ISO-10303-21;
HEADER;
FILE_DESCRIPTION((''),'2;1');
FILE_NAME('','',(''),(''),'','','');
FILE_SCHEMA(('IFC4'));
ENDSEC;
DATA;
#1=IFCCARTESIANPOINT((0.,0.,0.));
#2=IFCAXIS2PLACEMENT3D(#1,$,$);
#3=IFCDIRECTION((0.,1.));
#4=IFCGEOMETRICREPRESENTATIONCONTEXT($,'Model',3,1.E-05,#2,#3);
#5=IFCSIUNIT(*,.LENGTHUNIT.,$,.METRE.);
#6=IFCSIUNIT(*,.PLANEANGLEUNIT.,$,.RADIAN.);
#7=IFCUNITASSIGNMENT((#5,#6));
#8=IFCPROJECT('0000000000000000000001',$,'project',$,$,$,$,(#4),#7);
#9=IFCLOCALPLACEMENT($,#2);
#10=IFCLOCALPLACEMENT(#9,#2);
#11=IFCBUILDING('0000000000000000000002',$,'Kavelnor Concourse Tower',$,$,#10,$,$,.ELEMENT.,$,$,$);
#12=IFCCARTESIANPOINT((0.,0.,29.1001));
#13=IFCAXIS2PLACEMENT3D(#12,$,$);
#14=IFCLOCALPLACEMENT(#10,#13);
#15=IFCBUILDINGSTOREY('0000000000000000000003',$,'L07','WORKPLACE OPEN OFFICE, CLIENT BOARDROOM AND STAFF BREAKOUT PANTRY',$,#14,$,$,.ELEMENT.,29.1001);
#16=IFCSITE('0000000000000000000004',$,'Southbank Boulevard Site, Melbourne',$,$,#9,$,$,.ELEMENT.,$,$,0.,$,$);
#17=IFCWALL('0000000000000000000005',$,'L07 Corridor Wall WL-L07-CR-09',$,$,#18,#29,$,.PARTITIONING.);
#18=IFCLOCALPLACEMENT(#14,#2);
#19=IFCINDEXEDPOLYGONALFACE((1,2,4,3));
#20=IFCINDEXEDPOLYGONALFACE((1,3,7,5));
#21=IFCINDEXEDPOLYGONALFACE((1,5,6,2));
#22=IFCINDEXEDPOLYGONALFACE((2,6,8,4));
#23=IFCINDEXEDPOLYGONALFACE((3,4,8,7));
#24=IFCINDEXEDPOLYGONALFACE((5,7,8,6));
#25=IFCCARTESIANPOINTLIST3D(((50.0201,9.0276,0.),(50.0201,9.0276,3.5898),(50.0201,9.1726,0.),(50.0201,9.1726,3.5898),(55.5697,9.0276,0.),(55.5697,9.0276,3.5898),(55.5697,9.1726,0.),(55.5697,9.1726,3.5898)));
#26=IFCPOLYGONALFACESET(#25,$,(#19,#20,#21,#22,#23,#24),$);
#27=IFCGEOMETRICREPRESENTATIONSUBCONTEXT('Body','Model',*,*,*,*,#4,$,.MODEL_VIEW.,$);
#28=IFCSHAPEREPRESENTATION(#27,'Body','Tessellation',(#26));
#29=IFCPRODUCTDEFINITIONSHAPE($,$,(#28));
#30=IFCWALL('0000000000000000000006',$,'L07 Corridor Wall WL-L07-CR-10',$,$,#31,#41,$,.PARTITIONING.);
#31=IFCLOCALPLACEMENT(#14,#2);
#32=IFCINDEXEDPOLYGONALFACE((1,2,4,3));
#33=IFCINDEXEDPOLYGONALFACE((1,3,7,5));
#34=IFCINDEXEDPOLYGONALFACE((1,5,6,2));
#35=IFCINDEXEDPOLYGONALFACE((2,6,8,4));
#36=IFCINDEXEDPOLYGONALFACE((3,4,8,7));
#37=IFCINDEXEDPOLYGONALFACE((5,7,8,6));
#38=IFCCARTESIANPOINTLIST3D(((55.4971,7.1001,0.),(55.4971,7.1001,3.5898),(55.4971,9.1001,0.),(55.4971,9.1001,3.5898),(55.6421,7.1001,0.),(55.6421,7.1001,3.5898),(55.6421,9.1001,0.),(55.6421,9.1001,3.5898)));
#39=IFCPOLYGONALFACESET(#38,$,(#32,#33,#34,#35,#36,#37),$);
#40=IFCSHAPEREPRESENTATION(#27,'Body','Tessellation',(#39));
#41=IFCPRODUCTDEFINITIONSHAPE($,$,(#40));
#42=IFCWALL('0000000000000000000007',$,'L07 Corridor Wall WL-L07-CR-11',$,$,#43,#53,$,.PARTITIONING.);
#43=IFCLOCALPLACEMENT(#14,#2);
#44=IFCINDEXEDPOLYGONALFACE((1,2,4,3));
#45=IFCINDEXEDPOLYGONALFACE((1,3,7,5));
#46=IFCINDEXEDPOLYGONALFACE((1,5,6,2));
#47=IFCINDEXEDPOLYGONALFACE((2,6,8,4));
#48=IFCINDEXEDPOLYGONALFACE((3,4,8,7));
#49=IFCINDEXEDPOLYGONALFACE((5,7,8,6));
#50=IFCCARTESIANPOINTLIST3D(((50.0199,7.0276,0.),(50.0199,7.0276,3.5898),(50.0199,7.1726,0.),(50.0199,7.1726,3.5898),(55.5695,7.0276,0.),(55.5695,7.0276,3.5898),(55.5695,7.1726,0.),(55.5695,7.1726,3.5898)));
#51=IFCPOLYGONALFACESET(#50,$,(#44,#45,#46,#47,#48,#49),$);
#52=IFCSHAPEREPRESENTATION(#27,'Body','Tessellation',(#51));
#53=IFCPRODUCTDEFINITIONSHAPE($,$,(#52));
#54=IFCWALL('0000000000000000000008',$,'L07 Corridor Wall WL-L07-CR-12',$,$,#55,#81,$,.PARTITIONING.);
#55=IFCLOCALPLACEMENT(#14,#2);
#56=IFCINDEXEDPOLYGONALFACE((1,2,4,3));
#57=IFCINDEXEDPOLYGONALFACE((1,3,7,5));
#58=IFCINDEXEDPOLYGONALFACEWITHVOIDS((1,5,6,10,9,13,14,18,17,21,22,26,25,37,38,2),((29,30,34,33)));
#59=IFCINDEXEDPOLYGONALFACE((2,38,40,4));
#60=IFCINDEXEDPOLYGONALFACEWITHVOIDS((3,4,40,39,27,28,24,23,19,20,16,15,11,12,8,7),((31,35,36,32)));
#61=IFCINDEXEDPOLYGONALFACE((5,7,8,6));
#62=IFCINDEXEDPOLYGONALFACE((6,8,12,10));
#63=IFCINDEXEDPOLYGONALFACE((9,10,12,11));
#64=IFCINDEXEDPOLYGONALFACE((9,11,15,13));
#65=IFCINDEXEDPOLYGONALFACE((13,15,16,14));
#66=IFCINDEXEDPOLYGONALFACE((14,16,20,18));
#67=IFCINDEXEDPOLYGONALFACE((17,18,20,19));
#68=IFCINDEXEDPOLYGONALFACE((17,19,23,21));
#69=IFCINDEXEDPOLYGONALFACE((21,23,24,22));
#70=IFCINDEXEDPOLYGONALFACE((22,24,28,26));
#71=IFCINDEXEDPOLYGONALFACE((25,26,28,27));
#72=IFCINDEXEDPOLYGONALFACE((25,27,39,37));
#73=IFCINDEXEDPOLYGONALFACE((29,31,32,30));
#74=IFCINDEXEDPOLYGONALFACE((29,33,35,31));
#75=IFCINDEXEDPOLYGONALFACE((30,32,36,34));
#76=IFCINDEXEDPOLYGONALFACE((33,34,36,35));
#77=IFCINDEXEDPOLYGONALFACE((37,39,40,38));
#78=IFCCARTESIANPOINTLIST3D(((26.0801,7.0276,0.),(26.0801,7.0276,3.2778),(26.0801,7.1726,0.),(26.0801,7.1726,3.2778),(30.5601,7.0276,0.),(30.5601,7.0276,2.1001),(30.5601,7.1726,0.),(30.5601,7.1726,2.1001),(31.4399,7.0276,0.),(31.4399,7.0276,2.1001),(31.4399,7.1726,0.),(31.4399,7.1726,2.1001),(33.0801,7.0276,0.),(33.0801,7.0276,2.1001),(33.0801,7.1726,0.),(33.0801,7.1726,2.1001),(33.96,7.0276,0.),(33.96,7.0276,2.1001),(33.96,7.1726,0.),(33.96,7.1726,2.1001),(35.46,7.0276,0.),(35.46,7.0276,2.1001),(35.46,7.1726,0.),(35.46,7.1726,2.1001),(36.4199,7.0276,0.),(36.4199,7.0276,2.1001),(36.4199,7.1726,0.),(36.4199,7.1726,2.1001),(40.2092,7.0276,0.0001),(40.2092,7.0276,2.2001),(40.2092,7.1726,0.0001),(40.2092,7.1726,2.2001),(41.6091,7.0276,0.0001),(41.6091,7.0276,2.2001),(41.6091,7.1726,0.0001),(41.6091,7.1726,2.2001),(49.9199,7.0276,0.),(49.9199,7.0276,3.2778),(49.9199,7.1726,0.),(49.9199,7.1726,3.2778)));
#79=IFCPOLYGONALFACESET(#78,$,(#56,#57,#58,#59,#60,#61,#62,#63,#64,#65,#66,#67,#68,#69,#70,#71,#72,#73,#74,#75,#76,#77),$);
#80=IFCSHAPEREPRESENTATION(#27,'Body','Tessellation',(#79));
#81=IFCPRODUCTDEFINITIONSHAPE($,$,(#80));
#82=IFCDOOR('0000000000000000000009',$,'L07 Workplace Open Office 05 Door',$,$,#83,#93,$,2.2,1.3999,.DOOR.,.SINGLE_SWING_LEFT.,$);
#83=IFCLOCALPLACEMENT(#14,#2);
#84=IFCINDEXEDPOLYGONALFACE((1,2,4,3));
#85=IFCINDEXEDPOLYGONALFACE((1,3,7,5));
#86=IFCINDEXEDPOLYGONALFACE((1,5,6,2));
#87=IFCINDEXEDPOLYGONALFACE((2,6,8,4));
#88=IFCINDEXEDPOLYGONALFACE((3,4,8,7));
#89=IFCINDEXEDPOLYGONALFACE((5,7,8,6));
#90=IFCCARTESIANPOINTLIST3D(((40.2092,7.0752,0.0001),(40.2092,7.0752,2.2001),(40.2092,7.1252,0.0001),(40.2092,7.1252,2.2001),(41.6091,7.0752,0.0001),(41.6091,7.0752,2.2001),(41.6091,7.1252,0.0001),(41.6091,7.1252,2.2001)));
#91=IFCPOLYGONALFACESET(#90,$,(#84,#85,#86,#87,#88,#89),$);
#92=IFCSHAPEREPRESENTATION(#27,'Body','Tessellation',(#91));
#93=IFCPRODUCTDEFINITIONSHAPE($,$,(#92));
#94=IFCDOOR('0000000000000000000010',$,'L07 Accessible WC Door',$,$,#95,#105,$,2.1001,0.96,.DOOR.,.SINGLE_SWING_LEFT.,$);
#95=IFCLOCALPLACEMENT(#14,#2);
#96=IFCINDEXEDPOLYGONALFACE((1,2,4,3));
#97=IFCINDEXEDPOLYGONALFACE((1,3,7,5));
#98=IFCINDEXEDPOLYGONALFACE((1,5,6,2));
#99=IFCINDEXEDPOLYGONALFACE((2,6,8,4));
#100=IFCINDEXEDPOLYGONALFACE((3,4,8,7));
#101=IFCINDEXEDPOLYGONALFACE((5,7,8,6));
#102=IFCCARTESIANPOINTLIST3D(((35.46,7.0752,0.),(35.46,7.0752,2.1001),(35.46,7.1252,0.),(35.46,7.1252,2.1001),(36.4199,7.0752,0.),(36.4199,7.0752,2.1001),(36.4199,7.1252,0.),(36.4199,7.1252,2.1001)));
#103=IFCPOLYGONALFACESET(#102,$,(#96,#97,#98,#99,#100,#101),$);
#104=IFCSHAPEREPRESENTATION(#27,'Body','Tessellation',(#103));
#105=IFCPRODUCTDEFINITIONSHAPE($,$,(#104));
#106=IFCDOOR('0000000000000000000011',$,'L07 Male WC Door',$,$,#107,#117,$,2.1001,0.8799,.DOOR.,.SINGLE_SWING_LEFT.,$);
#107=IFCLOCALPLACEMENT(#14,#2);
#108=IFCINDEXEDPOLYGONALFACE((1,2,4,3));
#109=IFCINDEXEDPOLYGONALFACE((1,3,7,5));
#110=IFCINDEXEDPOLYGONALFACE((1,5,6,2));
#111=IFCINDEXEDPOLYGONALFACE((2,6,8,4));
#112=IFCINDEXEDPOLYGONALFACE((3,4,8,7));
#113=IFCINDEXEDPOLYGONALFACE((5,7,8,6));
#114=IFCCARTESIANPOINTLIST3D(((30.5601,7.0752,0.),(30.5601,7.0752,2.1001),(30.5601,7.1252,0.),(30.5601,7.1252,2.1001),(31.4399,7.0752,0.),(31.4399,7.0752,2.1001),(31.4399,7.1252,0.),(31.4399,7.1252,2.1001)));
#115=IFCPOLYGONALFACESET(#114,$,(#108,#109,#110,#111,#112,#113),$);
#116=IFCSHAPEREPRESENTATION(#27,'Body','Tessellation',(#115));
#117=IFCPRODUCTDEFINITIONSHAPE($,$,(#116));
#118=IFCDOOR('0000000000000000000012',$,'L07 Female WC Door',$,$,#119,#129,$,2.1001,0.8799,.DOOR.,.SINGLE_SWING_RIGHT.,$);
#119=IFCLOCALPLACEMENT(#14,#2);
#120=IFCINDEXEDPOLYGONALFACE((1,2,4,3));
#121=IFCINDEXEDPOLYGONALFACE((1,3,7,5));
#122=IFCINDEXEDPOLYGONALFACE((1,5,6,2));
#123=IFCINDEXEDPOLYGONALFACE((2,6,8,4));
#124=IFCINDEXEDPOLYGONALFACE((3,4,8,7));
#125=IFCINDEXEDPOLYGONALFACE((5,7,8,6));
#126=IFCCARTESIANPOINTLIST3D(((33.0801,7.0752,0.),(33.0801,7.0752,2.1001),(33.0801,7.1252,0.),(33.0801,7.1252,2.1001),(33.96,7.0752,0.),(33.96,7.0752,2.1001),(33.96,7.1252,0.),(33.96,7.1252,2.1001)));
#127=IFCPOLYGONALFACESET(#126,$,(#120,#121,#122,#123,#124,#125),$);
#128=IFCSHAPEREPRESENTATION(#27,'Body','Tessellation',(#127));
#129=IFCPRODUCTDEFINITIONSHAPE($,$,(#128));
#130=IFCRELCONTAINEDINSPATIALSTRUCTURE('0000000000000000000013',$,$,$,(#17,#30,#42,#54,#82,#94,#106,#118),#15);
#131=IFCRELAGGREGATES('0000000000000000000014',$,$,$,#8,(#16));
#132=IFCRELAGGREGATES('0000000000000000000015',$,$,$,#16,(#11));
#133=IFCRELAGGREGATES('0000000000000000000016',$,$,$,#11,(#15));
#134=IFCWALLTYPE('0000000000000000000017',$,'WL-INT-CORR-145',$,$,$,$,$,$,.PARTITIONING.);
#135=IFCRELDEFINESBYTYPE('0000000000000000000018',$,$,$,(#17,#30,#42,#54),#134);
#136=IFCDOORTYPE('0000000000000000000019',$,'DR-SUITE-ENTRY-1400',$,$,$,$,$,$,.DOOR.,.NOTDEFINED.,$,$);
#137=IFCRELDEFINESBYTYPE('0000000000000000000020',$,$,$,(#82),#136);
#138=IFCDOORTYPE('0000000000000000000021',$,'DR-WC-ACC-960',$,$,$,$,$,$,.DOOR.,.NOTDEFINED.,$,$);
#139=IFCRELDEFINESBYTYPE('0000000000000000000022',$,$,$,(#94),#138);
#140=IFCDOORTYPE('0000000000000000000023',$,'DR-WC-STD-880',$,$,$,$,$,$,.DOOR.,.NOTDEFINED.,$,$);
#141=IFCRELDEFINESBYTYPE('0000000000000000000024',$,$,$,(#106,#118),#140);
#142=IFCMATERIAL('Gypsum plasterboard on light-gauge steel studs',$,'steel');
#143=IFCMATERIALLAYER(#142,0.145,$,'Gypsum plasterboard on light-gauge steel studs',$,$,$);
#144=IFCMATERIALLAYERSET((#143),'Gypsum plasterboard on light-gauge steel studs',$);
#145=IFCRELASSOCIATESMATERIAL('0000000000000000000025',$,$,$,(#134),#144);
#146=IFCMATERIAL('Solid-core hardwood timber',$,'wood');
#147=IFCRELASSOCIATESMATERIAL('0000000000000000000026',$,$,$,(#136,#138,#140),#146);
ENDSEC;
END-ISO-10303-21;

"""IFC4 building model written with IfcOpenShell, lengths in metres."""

from ifc_helpers import new_model, si_unit, direction, frame, frame_2d, origin, place, context, subcontext, project, spatial, rectangle, extrude, material, layer, layer_set, type_object, element, fill, save


model = new_model("IFC4")

# Units and contexts
model_context = context("Model", 3, precision=1e-05, world=origin(), true_north=direction((0.0, 1.0)))
body_context = subcontext(model_context, "Body", "Model", "MODEL_VIEW")
ifc_project = project(units=[si_unit("LENGTHUNIT", "METRE"), si_unit("PLANEANGLEUNIT", "RADIAN")], contexts=[model_context])

# Site, building, storey
site_placement = place(None, origin())
site = spatial("IfcSite", under=ifc_project, at=site_placement, Name="Southbank Boulevard Site, Melbourne", CompositionType="ELEMENT", RefElevation=0.0)
building_placement = place(site_placement, origin())
building = spatial("IfcBuilding", under=site, at=building_placement, Name="Kavelnor Concourse Tower", CompositionType="ELEMENT")
storey_placement = place(building_placement, frame((0.0, 0.0, 29.1001)))
storey = spatial("IfcBuildingStorey", under=building, at=storey_placement, Name="L07", Description="WORKPLACE OPEN OFFICE, CLIENT BOARDROOM AND STAFF BREAKOUT PANTRY", CompositionType="ELEMENT", Elevation=29.1001)

# Walls
ifc_material_1 = material(Name="Gypsum plasterboard on light-gauge steel studs", Category="steel")
ifc_layer_1 = layer(ifc_material_1, 0.145, Name="Gypsum plasterboard on light-gauge steel studs")
ifc_layer_set_1 = layer_set([ifc_layer_1], Name="Gypsum plasterboard on light-gauge steel studs")
wall_type_1 = type_object("IfcWallType", Name="WL-INT-CORR-145", PredefinedType="PARTITIONING", material=ifc_layer_set_1)
wall_1_placement = place(storey_placement, frame((50.02, 9.1001, 0.0), z_axis=(0.0, 0.0, 1.0), x_axis=(1.0, 0.0, 0.0)))
element("IfcWall", 1, at=wall_1_placement, inside=storey, type_object=wall_type_1, Name="L07 Corridor Wall WL-L07-CR-09", PredefinedType="PARTITIONING", context=body_context, shape_type="SweptSolid", body=[
    extrude(rectangle(XDim=5.5496, YDim=0.145, at=frame_2d((2.7749, 0.0))), origin(), (0.0, 0.0, 1.0), 3.5898),
])
wall_2_placement = place(storey_placement, frame((55.5696, 9.1001, 0.0), z_axis=(0.0, 0.0, 1.0), x_axis=(0.0, -1.0, 0.0)))
element("IfcWall", 2, at=wall_2_placement, inside=storey, type_object=wall_type_1, Name="L07 Corridor Wall WL-L07-CR-10", PredefinedType="PARTITIONING", context=body_context, shape_type="SweptSolid", body=[
    extrude(rectangle(XDim=2.0, YDim=0.145, at=frame_2d((1.0, 0.0))), origin(), (0.0, 0.0, 1.0), 3.5898),
])
wall_3_placement = place(storey_placement, frame((55.5696, 7.1001, 0.0), z_axis=(0.0, 0.0, 1.0), x_axis=(-1.0, 0.0, 0.0)))
element("IfcWall", 3, at=wall_3_placement, inside=storey, type_object=wall_type_1, Name="L07 Corridor Wall WL-L07-CR-11", PredefinedType="PARTITIONING", context=body_context, shape_type="SweptSolid", body=[
    extrude(rectangle(XDim=5.5496, YDim=0.145, at=frame_2d((2.7749, 0.0))), origin(), (0.0, 0.0, 1.0), 3.5898),
])

# Wall, openings, doors
wall_4_placement = place(storey_placement, frame((49.9199, 7.1001, 0.0), z_axis=(0.0, 0.0, 1.0), x_axis=(-1.0, 0.0, 0.0)))
wall_4 = element("IfcWall", 4, at=wall_4_placement, inside=storey, type_object=wall_type_1, Name="L07 Corridor Wall WL-L07-CR-12", PredefinedType="PARTITIONING", context=body_context, shape_type="SweptSolid", body=[
    extrude(rectangle(XDim=23.8398, YDim=0.145, at=frame_2d((11.9199, 0.0))), origin(), (0.0, 0.0, 1.0), 3.2778),
])
opening_1_placement = place(wall_4_placement, frame((18.48, 0.0, 0.0)))
opening_1 = element("IfcOpeningElement", 5, at=opening_1_placement, cuts=wall_4, PredefinedType="OPENING", context=body_context, shape_type="SweptSolid", body=[
    extrude(rectangle(XDim=0.8799, YDim=2.1001, at=frame_2d((0.4399, 1.05))), frame((0.0, 0.0825, 0.0), z_axis=(0.0, -1.0, 0.0), x_axis=(1.0, 0.0, 0.0)), (0.0, 0.0, 1.0), 0.165),
])
opening_2_placement = place(wall_4_placement, frame((15.96, 0.0, 0.0)))
opening_2 = element("IfcOpeningElement", 6, at=opening_2_placement, cuts=wall_4, PredefinedType="OPENING", context=body_context, shape_type="SweptSolid", body=[
    extrude(rectangle(XDim=0.8799, YDim=2.1001, at=frame_2d((0.4399, 1.05))), frame((0.0, 0.0825, 0.0), z_axis=(0.0, -1.0, 0.0), x_axis=(1.0, 0.0, 0.0)), (0.0, 0.0, 1.0), 0.165),
])
opening_3_placement = place(wall_4_placement, frame((13.5, 0.0, 0.0)))
opening_3 = element("IfcOpeningElement", 7, at=opening_3_placement, cuts=wall_4, PredefinedType="OPENING", context=body_context, shape_type="SweptSolid", body=[
    extrude(rectangle(XDim=0.96, YDim=2.1001, at=frame_2d((0.48, 1.05))), frame((0.0, 0.0825, 0.0), z_axis=(0.0, -1.0, 0.0), x_axis=(1.0, 0.0, 0.0)), (0.0, 0.0, 1.0), 0.165),
])
opening_4_placement = place(wall_4_placement, frame((8.3108, 0.0, 0.0)))
opening_4 = element("IfcOpeningElement", 8, at=opening_4_placement, cuts=wall_4, PredefinedType="OPENING", context=body_context, shape_type="SweptSolid", body=[
    extrude(rectangle(XDim=1.3999, YDim=2.2, at=frame_2d((0.7, 1.1001))), frame((0.0, 0.0825, 0.0), z_axis=(0.0, -1.0, 0.0), x_axis=(1.0, 0.0, 0.0)), (0.0, 0.0, 1.0), 0.165),
])
ifc_material_2 = material(Name="Solid-core hardwood timber", Category="wood")
door_type_1 = type_object("IfcDoorType", Name="DR-SUITE-ENTRY-1400", OperationType="NOTDEFINED", PredefinedType="DOOR", material=ifc_material_2)
door_1_placement = place(opening_4_placement, origin())
door_1 = element("IfcDoor", 9, at=door_1_placement, inside=storey, type_object=door_type_1, Name="L07 Workplace Open Office 05 Door", OperationType="SINGLE_SWING_LEFT", OverallHeight=2.2, OverallWidth=1.3999, PredefinedType="DOOR", context=body_context, shape_type="SweptSolid", body=[
    extrude(rectangle(XDim=1.3999, YDim=2.2, at=frame_2d((0.7, 1.1001))), frame((0.0, 0.0249, 0.0), z_axis=(0.0, -1.0, 0.0), x_axis=(1.0, 0.0, 0.0)), (0.0, 0.0, 1.0), 0.05),
])
fill(opening_4, door_1)
door_type_2 = type_object("IfcDoorType", Name="DR-WC-ACC-960", OperationType="NOTDEFINED", PredefinedType="DOOR", material=ifc_material_2)
door_2_placement = place(opening_3_placement, origin())
door_2 = element("IfcDoor", 10, at=door_2_placement, inside=storey, type_object=door_type_2, Name="L07 Accessible WC Door", OperationType="SINGLE_SWING_LEFT", OverallHeight=2.1001, OverallWidth=0.96, PredefinedType="DOOR", context=body_context, shape_type="SweptSolid", body=[
    extrude(rectangle(XDim=0.96, YDim=2.1001, at=frame_2d((0.48, 1.05))), frame((0.0, 0.0249, 0.0), z_axis=(0.0, -1.0, 0.0), x_axis=(1.0, 0.0, 0.0)), (0.0, 0.0, 1.0), 0.05),
])
fill(opening_3, door_2)
door_type_3 = type_object("IfcDoorType", Name="DR-WC-STD-880", OperationType="NOTDEFINED", PredefinedType="DOOR", material=ifc_material_2)
door_3_placement = place(opening_1_placement, origin())
door_3 = element("IfcDoor", 11, at=door_3_placement, inside=storey, type_object=door_type_3, Name="L07 Male WC Door", OperationType="SINGLE_SWING_LEFT", OverallHeight=2.1001, OverallWidth=0.8799, PredefinedType="DOOR", context=body_context, shape_type="SweptSolid", body=[
    extrude(rectangle(XDim=0.8799, YDim=2.1001, at=frame_2d((0.4399, 1.05))), frame((0.0, 0.0249, 0.0), z_axis=(0.0, -1.0, 0.0), x_axis=(1.0, 0.0, 0.0)), (0.0, 0.0, 1.0), 0.05),
])
fill(opening_1, door_3)
door_4_placement = place(opening_2_placement, origin())
door_4 = element("IfcDoor", 12, at=door_4_placement, inside=storey, type_object=door_type_3, Name="L07 Female WC Door", OperationType="SINGLE_SWING_RIGHT", OverallHeight=2.1001, OverallWidth=0.8799, PredefinedType="DOOR", context=body_context, shape_type="SweptSolid", body=[
    extrude(rectangle(XDim=0.8799, YDim=2.1001, at=frame_2d((0.4399, 1.05))), frame((0.0, 0.0249, 0.0), z_axis=(0.0, -1.0, 0.0), x_axis=(1.0, 0.0, 0.0)), (0.0, 0.0, 1.0), 0.05),
])
fill(opening_2, door_4)

save(model, "model.ifc")
